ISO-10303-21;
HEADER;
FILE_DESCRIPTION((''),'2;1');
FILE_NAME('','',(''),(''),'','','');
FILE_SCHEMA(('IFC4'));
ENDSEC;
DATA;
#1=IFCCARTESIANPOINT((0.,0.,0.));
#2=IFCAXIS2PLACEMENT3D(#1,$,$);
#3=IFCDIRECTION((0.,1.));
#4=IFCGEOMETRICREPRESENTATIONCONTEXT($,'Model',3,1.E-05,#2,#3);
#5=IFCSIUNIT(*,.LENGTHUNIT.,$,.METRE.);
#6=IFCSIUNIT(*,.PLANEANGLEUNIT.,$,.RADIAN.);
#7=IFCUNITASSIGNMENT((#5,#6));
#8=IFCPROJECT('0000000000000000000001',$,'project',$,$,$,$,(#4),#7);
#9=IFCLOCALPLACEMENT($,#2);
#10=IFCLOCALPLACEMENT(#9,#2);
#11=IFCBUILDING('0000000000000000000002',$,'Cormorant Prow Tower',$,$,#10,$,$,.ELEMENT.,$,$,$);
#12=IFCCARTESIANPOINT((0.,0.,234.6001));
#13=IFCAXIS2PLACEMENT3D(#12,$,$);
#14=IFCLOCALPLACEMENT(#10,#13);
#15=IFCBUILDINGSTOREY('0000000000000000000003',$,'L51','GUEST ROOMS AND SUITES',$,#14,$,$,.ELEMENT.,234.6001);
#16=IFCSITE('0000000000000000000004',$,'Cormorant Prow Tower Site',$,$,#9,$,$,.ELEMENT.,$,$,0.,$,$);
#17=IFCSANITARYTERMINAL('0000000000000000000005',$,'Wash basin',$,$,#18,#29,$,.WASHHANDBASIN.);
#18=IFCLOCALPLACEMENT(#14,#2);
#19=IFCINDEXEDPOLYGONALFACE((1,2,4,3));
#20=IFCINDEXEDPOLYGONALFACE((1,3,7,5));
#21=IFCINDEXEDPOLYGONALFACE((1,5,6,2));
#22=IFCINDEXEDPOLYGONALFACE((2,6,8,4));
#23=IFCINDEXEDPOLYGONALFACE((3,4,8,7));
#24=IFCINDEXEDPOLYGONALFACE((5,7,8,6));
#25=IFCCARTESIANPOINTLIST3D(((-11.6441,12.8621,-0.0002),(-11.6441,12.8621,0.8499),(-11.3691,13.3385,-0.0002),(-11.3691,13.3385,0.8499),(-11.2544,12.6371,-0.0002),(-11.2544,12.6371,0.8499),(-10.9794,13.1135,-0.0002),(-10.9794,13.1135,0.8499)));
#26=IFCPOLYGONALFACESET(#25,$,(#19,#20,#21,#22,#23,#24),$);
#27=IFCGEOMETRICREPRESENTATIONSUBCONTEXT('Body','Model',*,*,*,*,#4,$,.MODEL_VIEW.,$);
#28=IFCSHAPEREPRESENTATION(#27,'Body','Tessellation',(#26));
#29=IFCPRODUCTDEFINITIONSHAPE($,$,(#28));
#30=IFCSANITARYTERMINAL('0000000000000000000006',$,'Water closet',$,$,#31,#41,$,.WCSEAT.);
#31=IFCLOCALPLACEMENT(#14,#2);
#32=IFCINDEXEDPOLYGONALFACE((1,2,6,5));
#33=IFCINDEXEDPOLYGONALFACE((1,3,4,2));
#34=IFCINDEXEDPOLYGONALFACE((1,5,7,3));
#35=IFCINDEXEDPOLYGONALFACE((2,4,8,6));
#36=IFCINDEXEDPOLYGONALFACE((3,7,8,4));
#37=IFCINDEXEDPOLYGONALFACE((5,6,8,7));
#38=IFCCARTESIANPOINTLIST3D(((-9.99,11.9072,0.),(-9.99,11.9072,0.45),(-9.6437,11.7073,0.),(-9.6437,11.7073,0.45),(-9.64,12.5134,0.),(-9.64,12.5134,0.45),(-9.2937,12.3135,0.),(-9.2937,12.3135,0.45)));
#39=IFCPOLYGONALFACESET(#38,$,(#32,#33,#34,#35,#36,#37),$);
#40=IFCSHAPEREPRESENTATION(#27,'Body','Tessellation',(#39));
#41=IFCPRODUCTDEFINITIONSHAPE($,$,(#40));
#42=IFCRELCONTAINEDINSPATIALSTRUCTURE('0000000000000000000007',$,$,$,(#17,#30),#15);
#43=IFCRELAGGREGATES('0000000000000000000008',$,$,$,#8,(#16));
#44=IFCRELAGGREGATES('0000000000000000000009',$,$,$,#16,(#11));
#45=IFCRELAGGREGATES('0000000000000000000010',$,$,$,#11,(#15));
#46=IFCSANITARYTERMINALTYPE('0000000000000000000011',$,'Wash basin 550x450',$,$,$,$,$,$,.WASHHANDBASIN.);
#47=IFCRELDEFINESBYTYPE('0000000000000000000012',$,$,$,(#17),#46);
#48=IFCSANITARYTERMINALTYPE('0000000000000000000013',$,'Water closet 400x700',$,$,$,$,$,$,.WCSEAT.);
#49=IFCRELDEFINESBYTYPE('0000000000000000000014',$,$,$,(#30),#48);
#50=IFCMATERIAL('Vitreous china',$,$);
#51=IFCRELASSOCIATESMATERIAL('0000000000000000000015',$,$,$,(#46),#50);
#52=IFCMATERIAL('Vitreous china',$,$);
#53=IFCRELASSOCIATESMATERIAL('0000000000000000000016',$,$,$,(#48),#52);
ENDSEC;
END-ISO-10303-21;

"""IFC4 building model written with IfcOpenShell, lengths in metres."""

from ifc_helpers import new_model, si_unit, direction, frame, origin, origin_2d, place, context, subcontext, project, spatial, rectangle, extrude, material, type_object, element, save


model = new_model("IFC4")

# Units and contexts
model_context = context("Model", 3, precision=1e-05, world=origin(), true_north=direction((0.0, 1.0)))
body_context = subcontext(model_context, "Body", "Model", "MODEL_VIEW")
ifc_project = project(units=[si_unit("LENGTHUNIT", "METRE"), si_unit("PLANEANGLEUNIT", "RADIAN")], contexts=[model_context])

# Site, building, storey
site_placement = place(None, origin())
site = spatial("IfcSite", under=ifc_project, at=site_placement, Name="Cormorant Prow Tower Site", CompositionType="ELEMENT", RefElevation=0.0)
building_placement = place(site_placement, origin())
building = spatial("IfcBuilding", under=site, at=building_placement, Name="Cormorant Prow Tower", CompositionType="ELEMENT")
storey_placement = place(building_placement, frame((0.0, 0.0, 234.6001)))
storey = spatial("IfcBuildingStorey", under=building, at=storey_placement, Name="L51", Description="GUEST ROOMS AND SUITES", CompositionType="ELEMENT", Elevation=234.6001)

# Sanitary terminals
ifc_material_1 = material(Name="Vitreous china")
sanitary_terminal_type_1 = type_object("IfcSanitaryTerminalType", Name="Wash basin 550x450", PredefinedType="WASHHANDBASIN", material=ifc_material_1)
sanitary_terminal_1_placement = place(storey_placement, frame((-11.3118, 12.9878, -0.0002), z_axis=(0.0, 0.0, 1.0), x_axis=(0.5, 0.866025, 0.0)))
element("IfcSanitaryTerminal", 1, at=sanitary_terminal_1_placement, inside=storey, type_object=sanitary_terminal_type_1, Name="Wash basin", PredefinedType="WASHHANDBASIN", context=body_context, shape_type="SweptSolid", body=[
    extrude(rectangle(XDim=0.55, YDim=0.45, at=origin_2d()), origin(), (0.0, 0.0, 1.0), 0.8501),
])
ifc_material_2 = material(Name="Vitreous china")
sanitary_terminal_type_2 = type_object("IfcSanitaryTerminalType", Name="Water closet 400x700", PredefinedType="WCSEAT", material=ifc_material_2)
sanitary_terminal_2_placement = place(storey_placement, frame((-9.6418, 12.1104, 0.0), z_axis=(0.0, 0.0, 1.0), x_axis=(-0.866025, 0.5, 0.0)))
element("IfcSanitaryTerminal", 2, at=sanitary_terminal_2_placement, inside=storey, type_object=sanitary_terminal_type_2, Name="Water closet", PredefinedType="WCSEAT", context=body_context, shape_type="SweptSolid", body=[
    extrude(rectangle(XDim=0.3999, YDim=0.7, at=origin_2d()), origin(), (0.0, 0.0, 1.0), 0.45),
])

save(model, "model.ifc")
